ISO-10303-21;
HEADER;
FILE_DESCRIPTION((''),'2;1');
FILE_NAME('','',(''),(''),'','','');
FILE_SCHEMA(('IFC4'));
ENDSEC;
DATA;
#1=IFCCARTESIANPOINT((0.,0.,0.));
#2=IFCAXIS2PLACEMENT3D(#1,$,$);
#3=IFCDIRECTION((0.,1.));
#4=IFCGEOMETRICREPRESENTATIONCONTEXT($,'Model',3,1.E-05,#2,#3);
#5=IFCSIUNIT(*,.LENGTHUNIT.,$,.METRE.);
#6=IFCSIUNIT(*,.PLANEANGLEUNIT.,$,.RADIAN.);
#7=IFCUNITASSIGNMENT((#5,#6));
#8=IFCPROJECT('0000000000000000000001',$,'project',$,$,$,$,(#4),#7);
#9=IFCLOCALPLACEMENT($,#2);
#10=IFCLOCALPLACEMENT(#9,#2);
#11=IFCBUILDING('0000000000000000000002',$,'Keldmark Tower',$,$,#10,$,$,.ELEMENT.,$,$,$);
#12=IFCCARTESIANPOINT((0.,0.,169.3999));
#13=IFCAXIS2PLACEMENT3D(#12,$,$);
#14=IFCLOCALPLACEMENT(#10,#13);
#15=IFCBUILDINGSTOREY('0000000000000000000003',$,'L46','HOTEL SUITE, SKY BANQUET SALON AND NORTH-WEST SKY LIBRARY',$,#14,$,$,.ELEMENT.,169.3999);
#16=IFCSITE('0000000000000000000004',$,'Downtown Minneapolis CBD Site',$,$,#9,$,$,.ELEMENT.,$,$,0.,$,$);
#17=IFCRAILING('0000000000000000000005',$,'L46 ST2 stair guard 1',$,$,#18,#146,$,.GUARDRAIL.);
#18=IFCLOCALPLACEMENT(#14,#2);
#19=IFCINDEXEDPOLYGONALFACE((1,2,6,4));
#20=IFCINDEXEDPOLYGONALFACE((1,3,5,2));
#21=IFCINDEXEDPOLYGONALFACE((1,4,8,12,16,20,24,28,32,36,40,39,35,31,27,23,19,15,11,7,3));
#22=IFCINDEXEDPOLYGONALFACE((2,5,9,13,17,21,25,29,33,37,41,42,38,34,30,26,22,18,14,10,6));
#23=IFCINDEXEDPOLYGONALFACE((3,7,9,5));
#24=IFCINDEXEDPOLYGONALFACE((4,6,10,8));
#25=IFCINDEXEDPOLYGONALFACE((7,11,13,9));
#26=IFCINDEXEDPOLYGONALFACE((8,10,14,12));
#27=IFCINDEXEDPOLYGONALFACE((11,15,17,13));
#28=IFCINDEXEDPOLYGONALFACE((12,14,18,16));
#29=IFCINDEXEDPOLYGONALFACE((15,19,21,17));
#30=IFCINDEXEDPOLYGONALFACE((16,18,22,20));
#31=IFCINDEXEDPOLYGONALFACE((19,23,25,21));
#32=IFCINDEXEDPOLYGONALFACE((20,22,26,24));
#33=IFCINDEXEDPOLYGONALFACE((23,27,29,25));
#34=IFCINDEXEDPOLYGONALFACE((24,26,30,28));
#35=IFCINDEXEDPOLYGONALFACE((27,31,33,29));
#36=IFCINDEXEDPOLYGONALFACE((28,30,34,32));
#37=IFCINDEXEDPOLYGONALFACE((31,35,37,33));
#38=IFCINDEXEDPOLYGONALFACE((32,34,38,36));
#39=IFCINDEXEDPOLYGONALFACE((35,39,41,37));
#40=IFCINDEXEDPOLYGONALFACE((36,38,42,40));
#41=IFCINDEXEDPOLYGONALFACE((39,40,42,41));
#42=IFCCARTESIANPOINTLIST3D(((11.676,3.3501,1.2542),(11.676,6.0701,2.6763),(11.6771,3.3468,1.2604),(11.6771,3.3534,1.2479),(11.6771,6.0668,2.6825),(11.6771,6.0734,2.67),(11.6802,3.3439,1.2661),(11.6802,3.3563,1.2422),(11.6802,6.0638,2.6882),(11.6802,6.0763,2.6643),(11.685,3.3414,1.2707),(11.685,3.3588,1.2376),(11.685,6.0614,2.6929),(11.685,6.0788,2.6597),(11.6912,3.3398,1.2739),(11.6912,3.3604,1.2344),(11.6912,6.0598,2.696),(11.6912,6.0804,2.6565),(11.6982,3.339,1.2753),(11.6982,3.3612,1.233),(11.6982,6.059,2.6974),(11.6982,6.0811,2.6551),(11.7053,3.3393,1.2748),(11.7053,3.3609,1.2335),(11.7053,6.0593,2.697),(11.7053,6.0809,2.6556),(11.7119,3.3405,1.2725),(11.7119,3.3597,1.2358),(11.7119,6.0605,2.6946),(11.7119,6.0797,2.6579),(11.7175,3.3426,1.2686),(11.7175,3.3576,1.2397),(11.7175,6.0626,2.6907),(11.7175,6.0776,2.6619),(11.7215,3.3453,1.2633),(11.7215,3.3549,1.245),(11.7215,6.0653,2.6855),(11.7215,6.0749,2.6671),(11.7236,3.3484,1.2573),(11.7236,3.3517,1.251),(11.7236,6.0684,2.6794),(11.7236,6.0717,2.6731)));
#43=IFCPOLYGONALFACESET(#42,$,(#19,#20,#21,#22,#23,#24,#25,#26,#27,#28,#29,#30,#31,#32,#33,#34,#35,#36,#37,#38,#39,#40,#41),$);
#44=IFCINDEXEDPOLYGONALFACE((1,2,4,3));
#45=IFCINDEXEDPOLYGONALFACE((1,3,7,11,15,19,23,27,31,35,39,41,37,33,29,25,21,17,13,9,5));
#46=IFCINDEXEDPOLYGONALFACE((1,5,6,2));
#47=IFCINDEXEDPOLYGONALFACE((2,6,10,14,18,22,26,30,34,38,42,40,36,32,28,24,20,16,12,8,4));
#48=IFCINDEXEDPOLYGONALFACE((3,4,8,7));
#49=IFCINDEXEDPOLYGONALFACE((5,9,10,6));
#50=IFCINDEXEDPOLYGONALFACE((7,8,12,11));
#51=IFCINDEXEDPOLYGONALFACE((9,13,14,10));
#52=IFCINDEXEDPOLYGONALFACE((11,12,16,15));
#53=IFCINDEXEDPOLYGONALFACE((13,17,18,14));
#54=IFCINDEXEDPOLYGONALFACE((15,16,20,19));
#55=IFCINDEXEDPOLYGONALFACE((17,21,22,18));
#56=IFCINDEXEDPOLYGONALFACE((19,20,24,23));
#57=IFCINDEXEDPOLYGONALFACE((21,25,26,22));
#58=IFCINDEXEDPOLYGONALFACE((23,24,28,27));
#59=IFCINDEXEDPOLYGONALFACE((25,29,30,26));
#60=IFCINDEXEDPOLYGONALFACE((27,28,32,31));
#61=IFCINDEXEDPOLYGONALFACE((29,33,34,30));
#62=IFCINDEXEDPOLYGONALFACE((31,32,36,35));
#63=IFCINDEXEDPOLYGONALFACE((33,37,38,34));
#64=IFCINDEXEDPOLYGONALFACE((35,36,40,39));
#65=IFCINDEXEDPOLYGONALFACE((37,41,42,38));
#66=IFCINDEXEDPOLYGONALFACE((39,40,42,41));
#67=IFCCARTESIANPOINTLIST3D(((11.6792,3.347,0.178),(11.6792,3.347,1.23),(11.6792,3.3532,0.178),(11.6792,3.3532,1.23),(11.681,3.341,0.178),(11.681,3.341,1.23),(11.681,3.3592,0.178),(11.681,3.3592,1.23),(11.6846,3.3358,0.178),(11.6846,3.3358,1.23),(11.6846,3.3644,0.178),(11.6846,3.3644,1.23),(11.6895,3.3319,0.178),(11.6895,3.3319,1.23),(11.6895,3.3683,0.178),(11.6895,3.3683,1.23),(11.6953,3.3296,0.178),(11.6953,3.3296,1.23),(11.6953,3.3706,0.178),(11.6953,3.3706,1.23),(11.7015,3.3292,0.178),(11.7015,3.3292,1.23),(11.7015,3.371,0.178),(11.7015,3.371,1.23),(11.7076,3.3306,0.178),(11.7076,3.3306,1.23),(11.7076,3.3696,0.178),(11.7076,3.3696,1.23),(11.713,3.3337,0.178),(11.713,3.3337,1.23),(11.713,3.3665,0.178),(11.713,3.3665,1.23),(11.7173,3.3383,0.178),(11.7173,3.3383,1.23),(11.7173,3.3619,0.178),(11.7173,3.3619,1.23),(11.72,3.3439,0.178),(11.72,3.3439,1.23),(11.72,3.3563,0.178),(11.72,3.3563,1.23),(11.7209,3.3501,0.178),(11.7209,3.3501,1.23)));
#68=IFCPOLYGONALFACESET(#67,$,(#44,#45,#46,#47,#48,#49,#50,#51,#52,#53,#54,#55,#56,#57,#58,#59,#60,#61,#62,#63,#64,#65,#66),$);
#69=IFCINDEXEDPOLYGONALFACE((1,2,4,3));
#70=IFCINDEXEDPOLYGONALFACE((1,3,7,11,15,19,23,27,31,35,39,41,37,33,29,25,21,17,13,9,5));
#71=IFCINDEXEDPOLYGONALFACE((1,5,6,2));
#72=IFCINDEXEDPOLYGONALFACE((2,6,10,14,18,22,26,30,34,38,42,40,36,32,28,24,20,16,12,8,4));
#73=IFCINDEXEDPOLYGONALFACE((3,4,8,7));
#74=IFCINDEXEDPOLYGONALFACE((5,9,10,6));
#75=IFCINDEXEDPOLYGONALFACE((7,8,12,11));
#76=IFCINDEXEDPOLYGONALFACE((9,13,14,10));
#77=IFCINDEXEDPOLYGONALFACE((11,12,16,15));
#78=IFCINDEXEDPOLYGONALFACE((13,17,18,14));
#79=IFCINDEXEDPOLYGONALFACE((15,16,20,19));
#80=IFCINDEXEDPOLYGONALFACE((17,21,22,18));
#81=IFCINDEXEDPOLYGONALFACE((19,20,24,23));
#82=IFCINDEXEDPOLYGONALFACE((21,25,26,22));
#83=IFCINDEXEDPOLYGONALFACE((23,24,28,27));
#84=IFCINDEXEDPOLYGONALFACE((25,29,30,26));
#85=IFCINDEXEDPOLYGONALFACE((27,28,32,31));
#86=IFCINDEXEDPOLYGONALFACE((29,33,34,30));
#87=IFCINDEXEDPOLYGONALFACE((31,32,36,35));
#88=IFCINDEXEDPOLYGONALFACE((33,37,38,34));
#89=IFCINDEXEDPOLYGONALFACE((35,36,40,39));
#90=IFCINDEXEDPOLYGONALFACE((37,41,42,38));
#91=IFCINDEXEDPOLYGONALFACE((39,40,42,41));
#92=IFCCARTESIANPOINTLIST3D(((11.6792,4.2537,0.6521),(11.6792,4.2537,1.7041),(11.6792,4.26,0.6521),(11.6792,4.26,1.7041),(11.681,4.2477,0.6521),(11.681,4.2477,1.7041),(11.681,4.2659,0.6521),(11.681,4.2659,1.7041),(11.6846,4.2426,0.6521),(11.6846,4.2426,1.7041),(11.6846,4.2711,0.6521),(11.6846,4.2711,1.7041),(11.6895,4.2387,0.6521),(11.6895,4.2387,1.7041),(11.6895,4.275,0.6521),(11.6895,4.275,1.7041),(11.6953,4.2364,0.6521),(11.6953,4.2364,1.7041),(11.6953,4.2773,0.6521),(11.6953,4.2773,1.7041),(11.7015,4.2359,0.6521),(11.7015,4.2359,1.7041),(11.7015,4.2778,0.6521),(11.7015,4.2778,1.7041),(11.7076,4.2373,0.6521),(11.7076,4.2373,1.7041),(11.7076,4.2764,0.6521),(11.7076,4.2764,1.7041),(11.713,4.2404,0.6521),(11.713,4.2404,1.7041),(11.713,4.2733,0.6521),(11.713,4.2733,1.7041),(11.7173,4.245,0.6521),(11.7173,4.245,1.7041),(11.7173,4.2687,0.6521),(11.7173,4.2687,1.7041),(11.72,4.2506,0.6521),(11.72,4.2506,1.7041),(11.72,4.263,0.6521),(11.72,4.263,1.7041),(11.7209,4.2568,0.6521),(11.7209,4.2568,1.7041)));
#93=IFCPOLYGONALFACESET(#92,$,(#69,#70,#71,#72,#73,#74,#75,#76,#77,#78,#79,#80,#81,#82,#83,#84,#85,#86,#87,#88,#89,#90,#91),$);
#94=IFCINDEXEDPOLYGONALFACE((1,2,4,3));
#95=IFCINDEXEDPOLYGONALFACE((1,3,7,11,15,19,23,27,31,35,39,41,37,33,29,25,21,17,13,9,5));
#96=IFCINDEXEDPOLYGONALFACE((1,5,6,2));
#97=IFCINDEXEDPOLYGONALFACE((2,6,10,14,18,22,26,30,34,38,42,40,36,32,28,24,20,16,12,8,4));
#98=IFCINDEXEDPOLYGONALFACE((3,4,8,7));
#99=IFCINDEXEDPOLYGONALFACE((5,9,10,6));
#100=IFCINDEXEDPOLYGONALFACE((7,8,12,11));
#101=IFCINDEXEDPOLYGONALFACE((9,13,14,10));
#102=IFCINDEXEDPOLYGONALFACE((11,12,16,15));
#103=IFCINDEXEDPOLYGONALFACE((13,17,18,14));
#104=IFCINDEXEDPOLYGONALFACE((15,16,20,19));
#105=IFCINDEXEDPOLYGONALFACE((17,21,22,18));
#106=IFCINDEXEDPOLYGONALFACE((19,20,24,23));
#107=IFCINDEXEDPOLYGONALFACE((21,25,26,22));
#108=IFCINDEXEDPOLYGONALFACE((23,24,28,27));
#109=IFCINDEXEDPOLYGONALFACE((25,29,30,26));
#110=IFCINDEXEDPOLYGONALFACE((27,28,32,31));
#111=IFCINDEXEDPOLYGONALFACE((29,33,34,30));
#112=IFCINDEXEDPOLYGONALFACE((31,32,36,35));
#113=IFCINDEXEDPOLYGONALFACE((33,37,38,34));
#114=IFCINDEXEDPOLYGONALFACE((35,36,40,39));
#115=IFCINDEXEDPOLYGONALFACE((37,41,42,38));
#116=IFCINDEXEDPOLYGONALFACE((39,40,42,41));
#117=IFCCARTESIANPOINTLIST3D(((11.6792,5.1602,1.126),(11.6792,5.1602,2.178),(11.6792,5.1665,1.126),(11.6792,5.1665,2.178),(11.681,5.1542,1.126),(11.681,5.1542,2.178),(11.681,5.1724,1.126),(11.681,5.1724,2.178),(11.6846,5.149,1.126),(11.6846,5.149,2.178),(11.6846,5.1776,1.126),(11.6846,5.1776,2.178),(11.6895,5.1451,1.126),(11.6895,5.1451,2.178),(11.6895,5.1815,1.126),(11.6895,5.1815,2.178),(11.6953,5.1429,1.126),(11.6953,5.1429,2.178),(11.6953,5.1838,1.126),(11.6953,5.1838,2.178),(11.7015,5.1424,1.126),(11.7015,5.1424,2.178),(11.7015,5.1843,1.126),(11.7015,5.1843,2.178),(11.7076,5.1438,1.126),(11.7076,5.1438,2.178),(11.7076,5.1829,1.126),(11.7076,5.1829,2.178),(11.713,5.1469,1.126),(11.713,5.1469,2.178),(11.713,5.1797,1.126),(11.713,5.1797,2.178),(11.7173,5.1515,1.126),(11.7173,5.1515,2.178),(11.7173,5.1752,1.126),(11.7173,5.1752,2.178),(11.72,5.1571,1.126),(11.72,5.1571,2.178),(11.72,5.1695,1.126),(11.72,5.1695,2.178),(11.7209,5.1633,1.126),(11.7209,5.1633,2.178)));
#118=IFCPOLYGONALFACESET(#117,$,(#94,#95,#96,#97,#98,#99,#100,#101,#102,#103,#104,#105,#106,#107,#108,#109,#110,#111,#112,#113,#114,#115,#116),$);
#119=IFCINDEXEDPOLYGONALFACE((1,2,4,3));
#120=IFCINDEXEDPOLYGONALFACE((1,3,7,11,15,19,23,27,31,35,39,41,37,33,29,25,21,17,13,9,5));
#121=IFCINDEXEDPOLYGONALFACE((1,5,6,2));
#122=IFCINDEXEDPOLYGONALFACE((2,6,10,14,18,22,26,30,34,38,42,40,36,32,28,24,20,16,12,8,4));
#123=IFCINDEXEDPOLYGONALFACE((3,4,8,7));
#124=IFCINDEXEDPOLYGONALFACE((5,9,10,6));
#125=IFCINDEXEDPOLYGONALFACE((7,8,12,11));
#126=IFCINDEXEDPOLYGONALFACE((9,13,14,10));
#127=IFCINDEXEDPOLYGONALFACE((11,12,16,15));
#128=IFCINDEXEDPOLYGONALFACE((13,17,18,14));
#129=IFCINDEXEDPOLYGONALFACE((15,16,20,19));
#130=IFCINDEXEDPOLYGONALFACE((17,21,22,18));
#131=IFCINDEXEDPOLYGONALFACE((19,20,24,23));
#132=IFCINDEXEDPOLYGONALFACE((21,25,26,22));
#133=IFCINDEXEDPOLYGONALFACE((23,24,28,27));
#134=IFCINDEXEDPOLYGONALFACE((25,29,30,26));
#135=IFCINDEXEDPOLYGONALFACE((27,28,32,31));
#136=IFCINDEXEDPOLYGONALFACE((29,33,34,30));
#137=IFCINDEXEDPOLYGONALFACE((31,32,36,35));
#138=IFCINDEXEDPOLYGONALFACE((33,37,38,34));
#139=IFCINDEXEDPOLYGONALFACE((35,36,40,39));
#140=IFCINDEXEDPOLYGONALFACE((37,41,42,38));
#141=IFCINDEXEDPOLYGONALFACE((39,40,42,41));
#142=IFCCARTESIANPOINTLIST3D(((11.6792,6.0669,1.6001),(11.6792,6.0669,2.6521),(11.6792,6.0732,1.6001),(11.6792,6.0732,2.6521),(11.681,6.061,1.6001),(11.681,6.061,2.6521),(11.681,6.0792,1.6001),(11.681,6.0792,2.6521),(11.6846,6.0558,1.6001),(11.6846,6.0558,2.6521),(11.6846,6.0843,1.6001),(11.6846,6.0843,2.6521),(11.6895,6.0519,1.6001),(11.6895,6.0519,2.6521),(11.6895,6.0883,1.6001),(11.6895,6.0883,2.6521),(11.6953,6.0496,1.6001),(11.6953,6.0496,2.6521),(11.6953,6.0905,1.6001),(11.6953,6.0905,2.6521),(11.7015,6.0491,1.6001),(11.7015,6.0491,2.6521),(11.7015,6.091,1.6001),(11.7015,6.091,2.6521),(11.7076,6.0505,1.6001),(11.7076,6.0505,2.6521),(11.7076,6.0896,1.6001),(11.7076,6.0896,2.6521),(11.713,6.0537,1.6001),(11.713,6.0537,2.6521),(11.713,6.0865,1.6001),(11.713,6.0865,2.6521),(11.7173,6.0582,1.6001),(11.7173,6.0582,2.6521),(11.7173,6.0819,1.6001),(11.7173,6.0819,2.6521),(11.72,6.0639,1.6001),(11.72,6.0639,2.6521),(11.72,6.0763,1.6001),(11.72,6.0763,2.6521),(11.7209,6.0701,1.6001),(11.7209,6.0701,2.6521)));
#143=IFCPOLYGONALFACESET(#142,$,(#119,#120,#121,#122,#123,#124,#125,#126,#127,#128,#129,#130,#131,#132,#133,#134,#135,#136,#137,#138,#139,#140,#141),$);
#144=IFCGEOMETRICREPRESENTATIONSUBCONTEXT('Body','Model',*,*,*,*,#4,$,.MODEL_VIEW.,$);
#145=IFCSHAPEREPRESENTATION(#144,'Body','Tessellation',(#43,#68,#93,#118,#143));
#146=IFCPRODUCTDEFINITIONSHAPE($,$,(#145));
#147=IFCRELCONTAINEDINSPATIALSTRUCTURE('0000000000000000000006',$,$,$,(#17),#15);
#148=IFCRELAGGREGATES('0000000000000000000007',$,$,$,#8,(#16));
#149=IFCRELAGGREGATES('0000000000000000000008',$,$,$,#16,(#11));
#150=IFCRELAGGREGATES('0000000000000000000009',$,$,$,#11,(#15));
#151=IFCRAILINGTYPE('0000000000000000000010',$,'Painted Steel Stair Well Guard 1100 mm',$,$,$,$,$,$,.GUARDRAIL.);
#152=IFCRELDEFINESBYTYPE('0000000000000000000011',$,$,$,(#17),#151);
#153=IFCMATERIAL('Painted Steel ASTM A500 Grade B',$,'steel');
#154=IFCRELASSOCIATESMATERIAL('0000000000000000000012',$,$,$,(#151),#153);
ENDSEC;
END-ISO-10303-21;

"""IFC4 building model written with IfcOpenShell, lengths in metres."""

from ifc_helpers import new_model, si_unit, direction, frame, origin, origin_2d, place, context, subcontext, project, spatial, circle, extrude, material, type_object, element, save


model = new_model("IFC4")

# Units and contexts
model_context = context("Model", 3, precision=1e-05, world=origin(), true_north=direction((0.0, 1.0)))
body_context = subcontext(model_context, "Body", "Model", "MODEL_VIEW")
ifc_project = project(units=[si_unit("LENGTHUNIT", "METRE"), si_unit("PLANEANGLEUNIT", "RADIAN")], contexts=[model_context])

# Site, building, storey
site_placement = place(None, origin())
site = spatial("IfcSite", under=ifc_project, at=site_placement, Name="Downtown Minneapolis CBD Site", CompositionType="ELEMENT", RefElevation=0.0)
building_placement = place(site_placement, origin())
building = spatial("IfcBuilding", under=site, at=building_placement, Name="Keldmark Tower", CompositionType="ELEMENT")
storey_placement = place(building_placement, frame((0.0, 0.0, 169.3999)))
storey = spatial("IfcBuildingStorey", under=building, at=storey_placement, Name="L46", Description="HOTEL SUITE, SKY BANQUET SALON AND NORTH-WEST SKY LIBRARY", CompositionType="ELEMENT", Elevation=169.3999)

# Railing
ifc_material_1 = material(Name="Painted Steel ASTM A500 Grade B", Category="steel")
railing_type_1 = type_object("IfcRailingType", Name="Painted Steel Stair Well Guard 1100 mm", PredefinedType="GUARDRAIL", material=ifc_material_1)
railing_1_placement = place(storey_placement, frame((11.7, 3.3501, 0.178)))
element("IfcRailing", 1, at=railing_1_placement, inside=storey, type_object=railing_type_1, Name="L46 ST2 stair guard 1", PredefinedType="GUARDRAIL", context=body_context, shape_type="SweptSolid", body=[
    extrude(circle(Radius=0.0239, at=origin_2d()), frame((0.0, 0.0, 1.0762), z_axis=(0.0, 0.886183, 0.463335), x_axis=(-1.0, 0.0, 0.0)), (0.0, 0.0, 1.0), 3.0693),
    extrude(circle(Radius=0.021, at=origin_2d()), origin(), (0.0, 0.0, 1.0), 1.052),
    extrude(circle(Radius=0.021, at=origin_2d()), frame((0.0, 0.9067, 0.4741)), (0.0, 0.0, 1.0), 1.052),
    extrude(circle(Radius=0.021, at=origin_2d()), frame((0.0, 1.8132, 0.948)), (0.0, 0.0, 1.0), 1.052),
    extrude(circle(Radius=0.021, at=origin_2d()), frame((0.0, 2.72, 1.4221)), (0.0, 0.0, 1.0), 1.052),
])

save(model, "model.ifc")
